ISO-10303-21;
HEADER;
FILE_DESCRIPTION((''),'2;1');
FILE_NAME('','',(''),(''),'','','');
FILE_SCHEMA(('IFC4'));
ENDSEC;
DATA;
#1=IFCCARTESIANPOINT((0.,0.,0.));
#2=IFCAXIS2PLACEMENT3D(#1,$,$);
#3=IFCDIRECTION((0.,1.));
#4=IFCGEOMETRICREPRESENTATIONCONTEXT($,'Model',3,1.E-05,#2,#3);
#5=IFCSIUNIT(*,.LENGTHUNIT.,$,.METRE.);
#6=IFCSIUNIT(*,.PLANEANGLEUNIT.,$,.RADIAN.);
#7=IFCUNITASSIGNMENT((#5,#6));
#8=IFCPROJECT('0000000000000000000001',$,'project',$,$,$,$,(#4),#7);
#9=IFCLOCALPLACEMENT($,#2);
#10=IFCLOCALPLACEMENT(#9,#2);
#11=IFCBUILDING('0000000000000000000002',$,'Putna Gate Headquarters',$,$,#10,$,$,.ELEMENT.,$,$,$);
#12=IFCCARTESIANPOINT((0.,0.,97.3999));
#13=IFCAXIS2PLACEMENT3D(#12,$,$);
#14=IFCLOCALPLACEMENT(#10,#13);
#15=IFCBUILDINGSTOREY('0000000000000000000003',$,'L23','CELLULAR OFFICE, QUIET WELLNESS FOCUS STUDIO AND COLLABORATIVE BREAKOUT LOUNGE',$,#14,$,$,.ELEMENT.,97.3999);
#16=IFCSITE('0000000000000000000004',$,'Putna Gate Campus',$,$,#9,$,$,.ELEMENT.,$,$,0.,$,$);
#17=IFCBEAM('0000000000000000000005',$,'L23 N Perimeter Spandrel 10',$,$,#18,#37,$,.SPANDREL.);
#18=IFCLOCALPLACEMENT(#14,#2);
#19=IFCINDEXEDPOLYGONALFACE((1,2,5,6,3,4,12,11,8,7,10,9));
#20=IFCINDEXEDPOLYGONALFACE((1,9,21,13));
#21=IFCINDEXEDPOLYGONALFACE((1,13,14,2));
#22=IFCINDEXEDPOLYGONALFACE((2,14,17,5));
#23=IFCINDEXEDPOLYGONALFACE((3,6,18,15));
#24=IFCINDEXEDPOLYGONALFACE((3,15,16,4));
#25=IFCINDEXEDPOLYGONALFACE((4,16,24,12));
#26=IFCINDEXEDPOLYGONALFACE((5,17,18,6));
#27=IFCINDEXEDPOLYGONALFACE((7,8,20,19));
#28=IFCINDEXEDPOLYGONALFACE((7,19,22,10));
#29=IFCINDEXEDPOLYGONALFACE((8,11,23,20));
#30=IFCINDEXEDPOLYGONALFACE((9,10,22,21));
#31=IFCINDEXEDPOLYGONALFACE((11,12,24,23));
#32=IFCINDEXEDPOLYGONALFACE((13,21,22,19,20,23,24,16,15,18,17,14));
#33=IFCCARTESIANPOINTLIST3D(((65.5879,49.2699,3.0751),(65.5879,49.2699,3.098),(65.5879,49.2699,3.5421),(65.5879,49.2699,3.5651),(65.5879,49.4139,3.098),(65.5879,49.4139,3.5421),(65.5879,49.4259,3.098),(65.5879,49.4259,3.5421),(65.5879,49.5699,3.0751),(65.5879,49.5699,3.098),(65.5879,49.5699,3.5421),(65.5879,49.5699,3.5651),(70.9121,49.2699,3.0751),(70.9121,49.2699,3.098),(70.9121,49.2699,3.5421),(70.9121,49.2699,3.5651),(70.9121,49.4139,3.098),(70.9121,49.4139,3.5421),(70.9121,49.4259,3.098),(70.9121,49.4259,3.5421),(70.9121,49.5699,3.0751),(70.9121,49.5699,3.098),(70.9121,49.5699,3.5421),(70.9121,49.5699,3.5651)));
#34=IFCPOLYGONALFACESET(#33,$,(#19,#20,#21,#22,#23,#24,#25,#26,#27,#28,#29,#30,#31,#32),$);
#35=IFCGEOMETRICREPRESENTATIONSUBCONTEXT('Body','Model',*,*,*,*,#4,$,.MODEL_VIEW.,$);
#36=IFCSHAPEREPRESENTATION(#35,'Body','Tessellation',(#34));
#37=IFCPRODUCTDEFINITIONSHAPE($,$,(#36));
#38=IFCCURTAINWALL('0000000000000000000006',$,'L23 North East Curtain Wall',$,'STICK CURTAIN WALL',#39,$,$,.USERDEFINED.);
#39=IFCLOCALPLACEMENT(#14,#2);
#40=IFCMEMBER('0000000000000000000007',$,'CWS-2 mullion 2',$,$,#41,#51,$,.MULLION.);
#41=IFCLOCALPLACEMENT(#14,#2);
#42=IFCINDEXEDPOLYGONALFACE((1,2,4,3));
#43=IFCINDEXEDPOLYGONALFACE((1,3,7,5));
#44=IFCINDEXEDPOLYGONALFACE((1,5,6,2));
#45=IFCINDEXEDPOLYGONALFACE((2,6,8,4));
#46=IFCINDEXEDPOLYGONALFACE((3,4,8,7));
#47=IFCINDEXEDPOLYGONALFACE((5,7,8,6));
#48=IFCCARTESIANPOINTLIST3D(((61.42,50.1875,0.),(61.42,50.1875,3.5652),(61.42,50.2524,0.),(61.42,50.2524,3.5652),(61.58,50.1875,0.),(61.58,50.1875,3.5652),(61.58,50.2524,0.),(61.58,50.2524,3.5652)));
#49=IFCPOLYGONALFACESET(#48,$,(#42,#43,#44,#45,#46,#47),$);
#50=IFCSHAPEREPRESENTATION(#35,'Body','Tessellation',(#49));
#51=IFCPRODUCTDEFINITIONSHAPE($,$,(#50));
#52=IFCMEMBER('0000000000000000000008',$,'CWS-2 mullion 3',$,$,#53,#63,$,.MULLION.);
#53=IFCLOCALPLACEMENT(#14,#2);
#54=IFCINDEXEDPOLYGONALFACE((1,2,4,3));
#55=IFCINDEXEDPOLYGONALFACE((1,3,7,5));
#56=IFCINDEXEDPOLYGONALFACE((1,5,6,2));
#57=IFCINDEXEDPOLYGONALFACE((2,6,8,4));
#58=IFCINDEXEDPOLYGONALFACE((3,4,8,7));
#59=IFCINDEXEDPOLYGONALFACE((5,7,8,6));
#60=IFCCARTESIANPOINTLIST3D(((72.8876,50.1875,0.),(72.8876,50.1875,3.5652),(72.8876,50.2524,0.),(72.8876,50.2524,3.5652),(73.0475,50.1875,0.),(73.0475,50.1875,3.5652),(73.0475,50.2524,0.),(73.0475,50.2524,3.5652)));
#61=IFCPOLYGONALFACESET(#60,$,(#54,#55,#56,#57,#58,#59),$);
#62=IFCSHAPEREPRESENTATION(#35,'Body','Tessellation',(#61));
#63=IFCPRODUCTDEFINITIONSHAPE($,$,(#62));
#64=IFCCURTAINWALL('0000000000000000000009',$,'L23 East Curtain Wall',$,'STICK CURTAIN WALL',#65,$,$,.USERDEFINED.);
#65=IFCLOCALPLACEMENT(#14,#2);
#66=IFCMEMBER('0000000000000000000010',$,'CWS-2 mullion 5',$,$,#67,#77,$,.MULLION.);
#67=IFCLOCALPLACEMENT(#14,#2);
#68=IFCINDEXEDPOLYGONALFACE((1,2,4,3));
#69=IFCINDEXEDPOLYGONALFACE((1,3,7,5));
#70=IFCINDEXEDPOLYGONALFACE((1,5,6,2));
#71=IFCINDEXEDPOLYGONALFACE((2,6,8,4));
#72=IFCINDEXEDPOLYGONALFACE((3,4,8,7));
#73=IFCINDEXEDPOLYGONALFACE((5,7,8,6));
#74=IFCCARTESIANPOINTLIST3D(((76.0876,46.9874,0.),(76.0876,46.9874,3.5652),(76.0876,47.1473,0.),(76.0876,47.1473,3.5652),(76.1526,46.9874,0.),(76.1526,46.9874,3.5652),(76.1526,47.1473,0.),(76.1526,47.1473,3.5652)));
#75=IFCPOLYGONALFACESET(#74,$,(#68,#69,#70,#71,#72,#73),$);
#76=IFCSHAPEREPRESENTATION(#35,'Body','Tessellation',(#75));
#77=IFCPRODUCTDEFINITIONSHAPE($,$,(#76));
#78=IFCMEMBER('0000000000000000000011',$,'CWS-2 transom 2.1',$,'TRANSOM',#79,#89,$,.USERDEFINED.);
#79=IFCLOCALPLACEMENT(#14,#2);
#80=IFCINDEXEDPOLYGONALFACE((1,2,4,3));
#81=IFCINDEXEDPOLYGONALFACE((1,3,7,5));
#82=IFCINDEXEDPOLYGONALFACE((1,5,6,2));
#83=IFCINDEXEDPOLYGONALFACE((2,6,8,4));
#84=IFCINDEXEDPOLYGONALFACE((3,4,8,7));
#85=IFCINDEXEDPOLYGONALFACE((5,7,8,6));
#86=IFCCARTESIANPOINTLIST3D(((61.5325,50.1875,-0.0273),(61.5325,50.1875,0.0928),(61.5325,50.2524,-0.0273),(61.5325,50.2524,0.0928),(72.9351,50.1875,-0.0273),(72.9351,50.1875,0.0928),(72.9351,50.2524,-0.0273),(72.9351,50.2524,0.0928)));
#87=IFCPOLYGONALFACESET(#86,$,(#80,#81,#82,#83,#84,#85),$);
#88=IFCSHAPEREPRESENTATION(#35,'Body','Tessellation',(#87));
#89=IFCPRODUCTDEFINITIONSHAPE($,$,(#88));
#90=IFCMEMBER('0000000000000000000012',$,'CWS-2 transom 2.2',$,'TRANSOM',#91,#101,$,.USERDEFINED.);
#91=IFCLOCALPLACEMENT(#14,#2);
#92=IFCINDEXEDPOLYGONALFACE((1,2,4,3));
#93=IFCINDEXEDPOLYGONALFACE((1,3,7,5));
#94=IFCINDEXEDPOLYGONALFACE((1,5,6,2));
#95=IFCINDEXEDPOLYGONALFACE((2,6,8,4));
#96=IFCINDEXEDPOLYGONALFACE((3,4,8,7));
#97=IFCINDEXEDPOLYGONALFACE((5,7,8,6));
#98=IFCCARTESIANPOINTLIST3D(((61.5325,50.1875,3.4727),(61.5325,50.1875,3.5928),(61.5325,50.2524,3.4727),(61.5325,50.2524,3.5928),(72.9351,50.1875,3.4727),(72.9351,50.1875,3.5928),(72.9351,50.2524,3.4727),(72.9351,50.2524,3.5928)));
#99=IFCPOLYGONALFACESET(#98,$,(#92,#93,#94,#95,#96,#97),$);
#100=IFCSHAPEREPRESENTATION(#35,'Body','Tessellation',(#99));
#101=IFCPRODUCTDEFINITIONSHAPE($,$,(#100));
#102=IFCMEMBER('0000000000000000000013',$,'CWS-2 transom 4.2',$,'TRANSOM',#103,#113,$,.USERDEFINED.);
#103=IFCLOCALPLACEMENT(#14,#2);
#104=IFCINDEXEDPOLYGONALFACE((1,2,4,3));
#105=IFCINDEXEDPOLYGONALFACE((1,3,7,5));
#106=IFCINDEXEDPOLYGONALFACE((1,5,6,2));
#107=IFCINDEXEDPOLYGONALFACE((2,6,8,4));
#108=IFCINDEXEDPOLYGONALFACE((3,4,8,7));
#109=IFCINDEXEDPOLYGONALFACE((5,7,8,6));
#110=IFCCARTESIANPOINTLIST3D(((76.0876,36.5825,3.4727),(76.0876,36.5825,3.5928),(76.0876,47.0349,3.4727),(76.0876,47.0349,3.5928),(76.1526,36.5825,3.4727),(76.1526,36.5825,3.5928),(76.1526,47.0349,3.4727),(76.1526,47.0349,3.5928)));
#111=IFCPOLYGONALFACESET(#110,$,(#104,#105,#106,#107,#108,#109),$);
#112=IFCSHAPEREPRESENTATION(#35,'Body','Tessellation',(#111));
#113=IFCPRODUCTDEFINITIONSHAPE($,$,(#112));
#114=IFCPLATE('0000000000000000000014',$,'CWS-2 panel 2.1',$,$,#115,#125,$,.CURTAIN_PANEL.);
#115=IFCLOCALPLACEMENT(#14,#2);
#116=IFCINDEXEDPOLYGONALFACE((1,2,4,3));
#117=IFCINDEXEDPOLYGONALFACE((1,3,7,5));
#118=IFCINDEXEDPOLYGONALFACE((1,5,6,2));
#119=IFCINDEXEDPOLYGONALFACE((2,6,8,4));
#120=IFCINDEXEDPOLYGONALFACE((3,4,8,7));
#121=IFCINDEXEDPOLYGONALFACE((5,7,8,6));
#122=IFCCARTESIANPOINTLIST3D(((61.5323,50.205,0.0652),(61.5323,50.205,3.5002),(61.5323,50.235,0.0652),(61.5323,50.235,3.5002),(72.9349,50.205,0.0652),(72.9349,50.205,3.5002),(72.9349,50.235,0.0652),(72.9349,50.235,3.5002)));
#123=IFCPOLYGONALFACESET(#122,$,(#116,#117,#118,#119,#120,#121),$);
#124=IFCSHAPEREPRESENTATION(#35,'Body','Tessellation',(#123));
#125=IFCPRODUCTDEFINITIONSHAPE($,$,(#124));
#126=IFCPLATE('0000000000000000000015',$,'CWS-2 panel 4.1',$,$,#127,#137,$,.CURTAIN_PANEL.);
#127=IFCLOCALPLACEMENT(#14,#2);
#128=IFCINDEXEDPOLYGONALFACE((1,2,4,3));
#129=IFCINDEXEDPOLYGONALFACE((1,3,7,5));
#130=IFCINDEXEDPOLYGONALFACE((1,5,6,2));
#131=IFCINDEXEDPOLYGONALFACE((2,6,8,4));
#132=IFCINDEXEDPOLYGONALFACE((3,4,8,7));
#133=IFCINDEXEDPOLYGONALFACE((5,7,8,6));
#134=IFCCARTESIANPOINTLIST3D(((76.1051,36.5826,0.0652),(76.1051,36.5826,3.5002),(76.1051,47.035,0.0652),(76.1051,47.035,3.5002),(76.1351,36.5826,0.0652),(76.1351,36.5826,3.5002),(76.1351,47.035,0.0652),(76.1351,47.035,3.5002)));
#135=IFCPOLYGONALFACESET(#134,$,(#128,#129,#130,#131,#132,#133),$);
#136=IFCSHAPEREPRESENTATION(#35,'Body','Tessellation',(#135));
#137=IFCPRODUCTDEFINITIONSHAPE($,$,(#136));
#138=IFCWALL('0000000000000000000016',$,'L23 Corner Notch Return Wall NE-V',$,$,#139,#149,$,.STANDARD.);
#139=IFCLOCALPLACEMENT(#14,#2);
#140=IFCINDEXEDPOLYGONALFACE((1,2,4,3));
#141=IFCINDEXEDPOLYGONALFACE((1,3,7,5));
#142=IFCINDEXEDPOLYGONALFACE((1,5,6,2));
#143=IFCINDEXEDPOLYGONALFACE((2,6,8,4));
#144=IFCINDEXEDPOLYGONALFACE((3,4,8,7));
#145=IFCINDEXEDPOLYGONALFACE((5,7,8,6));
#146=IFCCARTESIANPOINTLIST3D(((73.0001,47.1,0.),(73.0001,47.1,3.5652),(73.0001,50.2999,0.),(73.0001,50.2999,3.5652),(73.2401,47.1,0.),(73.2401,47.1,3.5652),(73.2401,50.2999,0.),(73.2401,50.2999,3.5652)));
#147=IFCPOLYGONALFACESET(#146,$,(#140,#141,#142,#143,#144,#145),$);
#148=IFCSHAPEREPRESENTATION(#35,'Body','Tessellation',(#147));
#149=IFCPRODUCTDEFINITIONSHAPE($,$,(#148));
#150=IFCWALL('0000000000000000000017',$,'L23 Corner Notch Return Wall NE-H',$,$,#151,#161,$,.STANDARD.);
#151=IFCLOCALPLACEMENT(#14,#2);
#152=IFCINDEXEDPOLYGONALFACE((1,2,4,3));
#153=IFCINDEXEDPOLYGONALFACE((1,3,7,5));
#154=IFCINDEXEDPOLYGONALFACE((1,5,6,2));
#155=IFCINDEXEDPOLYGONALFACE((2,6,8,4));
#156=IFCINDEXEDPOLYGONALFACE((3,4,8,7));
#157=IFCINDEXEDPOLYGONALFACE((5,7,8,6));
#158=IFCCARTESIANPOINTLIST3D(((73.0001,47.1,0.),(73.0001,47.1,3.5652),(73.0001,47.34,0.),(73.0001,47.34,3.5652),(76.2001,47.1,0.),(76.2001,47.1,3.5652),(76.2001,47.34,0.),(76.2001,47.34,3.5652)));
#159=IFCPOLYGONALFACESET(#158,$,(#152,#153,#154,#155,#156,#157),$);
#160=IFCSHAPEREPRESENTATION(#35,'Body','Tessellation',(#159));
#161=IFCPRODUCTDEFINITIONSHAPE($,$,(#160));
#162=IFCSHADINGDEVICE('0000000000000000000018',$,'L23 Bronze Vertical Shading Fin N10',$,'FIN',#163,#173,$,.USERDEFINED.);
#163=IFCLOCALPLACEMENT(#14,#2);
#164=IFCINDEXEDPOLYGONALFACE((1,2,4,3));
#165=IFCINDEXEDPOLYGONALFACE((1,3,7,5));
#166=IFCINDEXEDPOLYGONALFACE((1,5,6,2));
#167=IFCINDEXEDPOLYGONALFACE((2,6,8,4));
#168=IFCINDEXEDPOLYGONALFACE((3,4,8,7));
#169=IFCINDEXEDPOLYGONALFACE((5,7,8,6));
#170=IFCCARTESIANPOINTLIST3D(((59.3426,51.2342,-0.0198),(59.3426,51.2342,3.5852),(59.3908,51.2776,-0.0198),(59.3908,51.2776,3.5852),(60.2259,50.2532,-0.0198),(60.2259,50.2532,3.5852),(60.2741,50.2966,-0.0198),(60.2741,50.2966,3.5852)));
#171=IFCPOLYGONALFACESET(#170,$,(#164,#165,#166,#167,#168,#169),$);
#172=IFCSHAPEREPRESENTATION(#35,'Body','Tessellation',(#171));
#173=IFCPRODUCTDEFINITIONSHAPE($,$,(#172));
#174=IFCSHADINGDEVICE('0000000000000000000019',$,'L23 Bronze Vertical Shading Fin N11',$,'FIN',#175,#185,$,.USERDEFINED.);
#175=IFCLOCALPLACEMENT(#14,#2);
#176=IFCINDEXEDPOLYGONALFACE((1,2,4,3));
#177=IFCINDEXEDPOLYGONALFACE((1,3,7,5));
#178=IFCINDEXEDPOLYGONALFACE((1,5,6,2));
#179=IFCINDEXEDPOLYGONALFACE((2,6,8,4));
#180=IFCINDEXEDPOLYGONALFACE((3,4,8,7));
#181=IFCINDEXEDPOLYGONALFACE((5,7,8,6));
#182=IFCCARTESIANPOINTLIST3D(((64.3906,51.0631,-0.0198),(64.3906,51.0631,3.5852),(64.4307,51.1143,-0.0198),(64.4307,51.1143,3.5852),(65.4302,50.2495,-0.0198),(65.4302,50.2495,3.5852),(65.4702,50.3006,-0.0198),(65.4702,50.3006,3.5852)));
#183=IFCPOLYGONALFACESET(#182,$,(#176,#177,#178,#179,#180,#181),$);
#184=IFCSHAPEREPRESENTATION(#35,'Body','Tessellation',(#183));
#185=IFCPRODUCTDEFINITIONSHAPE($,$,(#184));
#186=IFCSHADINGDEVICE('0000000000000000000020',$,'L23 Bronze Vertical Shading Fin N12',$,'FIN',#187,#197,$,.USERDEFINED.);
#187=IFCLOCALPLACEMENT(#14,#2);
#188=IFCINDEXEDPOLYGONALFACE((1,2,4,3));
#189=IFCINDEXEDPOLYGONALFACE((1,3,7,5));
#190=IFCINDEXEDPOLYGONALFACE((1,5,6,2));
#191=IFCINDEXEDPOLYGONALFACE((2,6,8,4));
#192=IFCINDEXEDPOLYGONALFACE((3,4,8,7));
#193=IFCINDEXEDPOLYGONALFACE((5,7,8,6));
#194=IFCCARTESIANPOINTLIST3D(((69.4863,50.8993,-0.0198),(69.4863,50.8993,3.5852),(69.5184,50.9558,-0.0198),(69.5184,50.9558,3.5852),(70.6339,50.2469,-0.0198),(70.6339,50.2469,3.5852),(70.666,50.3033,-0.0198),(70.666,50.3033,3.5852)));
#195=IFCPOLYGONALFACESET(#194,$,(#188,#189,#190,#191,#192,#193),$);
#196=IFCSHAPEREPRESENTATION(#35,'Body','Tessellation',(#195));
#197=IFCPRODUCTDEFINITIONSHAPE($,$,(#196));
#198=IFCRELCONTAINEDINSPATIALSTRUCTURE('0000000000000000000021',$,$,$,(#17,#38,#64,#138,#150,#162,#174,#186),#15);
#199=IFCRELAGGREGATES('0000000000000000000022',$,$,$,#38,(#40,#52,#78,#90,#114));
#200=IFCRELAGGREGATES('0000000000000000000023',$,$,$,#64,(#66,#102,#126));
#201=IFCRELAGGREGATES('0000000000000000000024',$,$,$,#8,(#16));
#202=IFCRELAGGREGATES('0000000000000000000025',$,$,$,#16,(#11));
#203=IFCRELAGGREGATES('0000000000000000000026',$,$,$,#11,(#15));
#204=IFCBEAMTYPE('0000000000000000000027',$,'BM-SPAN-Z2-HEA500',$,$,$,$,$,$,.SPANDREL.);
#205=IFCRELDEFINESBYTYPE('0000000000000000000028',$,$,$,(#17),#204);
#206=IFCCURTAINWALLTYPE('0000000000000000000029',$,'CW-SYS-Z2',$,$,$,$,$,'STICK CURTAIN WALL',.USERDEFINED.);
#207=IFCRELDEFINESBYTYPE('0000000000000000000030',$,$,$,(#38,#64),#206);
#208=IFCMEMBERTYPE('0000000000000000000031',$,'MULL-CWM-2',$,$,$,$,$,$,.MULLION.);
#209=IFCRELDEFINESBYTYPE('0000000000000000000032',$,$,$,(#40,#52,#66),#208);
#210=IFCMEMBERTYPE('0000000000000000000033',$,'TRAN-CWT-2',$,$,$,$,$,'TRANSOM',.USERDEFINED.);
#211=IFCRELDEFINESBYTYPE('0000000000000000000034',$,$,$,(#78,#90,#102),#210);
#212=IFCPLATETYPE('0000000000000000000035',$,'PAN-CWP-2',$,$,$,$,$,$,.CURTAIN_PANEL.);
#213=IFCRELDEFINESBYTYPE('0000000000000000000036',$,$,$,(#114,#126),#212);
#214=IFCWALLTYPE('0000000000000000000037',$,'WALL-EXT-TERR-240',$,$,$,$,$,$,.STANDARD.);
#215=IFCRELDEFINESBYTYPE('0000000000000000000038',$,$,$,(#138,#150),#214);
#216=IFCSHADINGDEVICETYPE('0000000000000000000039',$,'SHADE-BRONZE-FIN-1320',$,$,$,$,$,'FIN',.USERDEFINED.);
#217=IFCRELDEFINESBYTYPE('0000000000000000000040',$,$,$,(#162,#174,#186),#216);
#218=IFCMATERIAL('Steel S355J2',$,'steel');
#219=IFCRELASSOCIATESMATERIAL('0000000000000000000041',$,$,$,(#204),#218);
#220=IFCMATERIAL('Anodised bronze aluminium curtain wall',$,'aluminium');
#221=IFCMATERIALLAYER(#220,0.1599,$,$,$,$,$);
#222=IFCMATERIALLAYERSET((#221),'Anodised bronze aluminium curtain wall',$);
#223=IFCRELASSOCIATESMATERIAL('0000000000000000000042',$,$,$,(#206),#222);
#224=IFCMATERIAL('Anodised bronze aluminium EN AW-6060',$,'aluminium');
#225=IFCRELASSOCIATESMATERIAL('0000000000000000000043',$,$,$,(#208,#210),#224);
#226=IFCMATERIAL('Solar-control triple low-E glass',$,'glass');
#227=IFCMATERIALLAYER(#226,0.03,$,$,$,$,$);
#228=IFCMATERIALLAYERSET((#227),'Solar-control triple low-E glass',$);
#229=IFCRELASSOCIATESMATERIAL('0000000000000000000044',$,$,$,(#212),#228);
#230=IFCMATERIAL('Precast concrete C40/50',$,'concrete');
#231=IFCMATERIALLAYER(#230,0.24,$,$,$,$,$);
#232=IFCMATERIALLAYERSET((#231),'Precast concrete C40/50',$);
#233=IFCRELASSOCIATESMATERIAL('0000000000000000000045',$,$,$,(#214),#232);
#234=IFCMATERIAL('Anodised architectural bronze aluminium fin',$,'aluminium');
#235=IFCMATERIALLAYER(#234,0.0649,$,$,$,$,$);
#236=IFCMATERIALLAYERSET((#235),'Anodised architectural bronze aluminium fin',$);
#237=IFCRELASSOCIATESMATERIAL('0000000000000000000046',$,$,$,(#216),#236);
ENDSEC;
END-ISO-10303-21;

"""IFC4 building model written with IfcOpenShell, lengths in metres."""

from ifc_helpers import new_model, si_unit, direction, frame, frame_2d, origin, origin_2d, place, context, subcontext, project, spatial, rectangle, i_section, extrude, material, layer, layer_set, material_profile, profile_set, type_object, element, aggregate, save


model = new_model("IFC4")

# Units and contexts
model_context = context("Model", 3, precision=1e-05, world=origin(), true_north=direction((0.0, 1.0)))
body_context = subcontext(model_context, "Body", "Model", "MODEL_VIEW")
ifc_project = project(units=[si_unit("LENGTHUNIT", "METRE"), si_unit("PLANEANGLEUNIT", "RADIAN")], contexts=[model_context])

# Site, building, storey
site_placement = place(None, origin())
site = spatial("IfcSite", under=ifc_project, at=site_placement, Name="Putna Gate Campus", CompositionType="ELEMENT", RefElevation=0.0)
building_placement = place(site_placement, origin())
building = spatial("IfcBuilding", under=site, at=building_placement, Name="Putna Gate Headquarters", CompositionType="ELEMENT")
storey_placement = place(building_placement, frame((0.0, 0.0, 97.3999)))
storey = spatial("IfcBuildingStorey", under=building, at=storey_placement, Name="L23", Description="CELLULAR OFFICE, QUIET WELLNESS FOCUS STUDIO AND COLLABORATIVE BREAKOUT LOUNGE", CompositionType="ELEMENT", Elevation=97.3999)

# Beam
ifc_material_1 = material(Name="Steel S355J2", Category="steel")
ifc_material_profile_1 = material_profile(ifc_material_1, i_section(OverallWidth=0.3, OverallDepth=0.49, WebThickness=0.012, FlangeThickness=0.0229, at=origin_2d()), Name="Steel S355J2")
ifc_profile_set_1 = profile_set([ifc_material_profile_1], Name="Steel S355J2")
beam_type_1 = type_object("IfcBeamType", Name="BM-SPAN-Z2-HEA500", PredefinedType="SPANDREL", material=ifc_profile_set_1)
for number, where, z_axis, x_axis, name in (
    (1, (65.5879, 49.4199, 3.3201), (1.0, 0.0, 0.0), (0.0, 1.0, 0.0), "L23 N Perimeter Spandrel 10"),
):
    element("IfcBeam", number, at=place(storey_placement, frame(where, z_axis=z_axis, x_axis=x_axis)), inside=storey, type_object=beam_type_1, Name=name, PredefinedType="SPANDREL", context=body_context, shape_type="SweptSolid", body=[
        extrude(i_section(OverallWidth=0.3, OverallDepth=0.49, WebThickness=0.012, FlangeThickness=0.0229, at=origin_2d()), origin(), (0.0, 0.0, 1.0), 5.3242),
    ])

# Curtain wall, members
ifc_material_2 = material(Name="Anodised bronze aluminium curtain wall", Category="aluminium")
ifc_layer_1 = layer(ifc_material_2, 0.1599)
ifc_layer_set_1 = layer_set([ifc_layer_1], Name="Anodised bronze aluminium curtain wall")
curtain_wall_type = type_object("IfcCurtainWallType", Name="CW-SYS-Z2", ElementType="STICK CURTAIN WALL", PredefinedType="USERDEFINED", material=ifc_layer_set_1)
curtain_wall_1_placement = place(storey_placement, origin())
curtain_wall_1 = element("IfcCurtainWall", 2, at=curtain_wall_1_placement, inside=storey, type_object=curtain_wall_type, Name="L23 North East Curtain Wall", ObjectType="STICK CURTAIN WALL", PredefinedType="USERDEFINED")
ifc_material_3 = material(Name="Anodised bronze aluminium EN AW-6060", Category="aluminium")
ifc_material_profile_2 = material_profile(ifc_material_3, rectangle(XDim=0.0649, YDim=0.1599, at=origin_2d()), Name="Anodised bronze aluminium EN AW-6060")
ifc_profile_set_2 = profile_set([ifc_material_profile_2], Name="Anodised bronze aluminium EN AW-6060")
member_type_1 = type_object("IfcMemberType", Name="MULL-CWM-2", PredefinedType="MULLION", material=ifc_profile_set_2)
member_1_placement = place(storey_placement, frame((61.5, 50.22, 0.0), z_axis=(0.0, 0.0, 1.0), x_axis=(0.0, 1.0, 0.0)))
member_1 = element("IfcMember", 3, at=member_1_placement, type_object=member_type_1, Name="CWS-2 mullion 2", PredefinedType="MULLION", context=body_context, shape_type="SweptSolid", body=[
    extrude(rectangle(XDim=0.0649, YDim=0.1599, at=origin_2d()), origin(), (0.0, 0.0, 1.0), 3.5652),
])
member_2_placement = place(storey_placement, frame((72.9675, 50.22, 0.0), z_axis=(0.0, 0.0, 1.0), x_axis=(0.0, 1.0, 0.0)))
member_2 = element("IfcMember", 4, at=member_2_placement, type_object=member_type_1, Name="CWS-2 mullion 3", PredefinedType="MULLION", context=body_context, shape_type="SweptSolid", body=[
    extrude(rectangle(XDim=0.0649, YDim=0.1599, at=origin_2d()), origin(), (0.0, 0.0, 1.0), 3.5652),
])

# Curtain wall, member
curtain_wall_2_placement = place(storey_placement, origin())
curtain_wall_2 = element("IfcCurtainWall", 5, at=curtain_wall_2_placement, inside=storey, type_object=curtain_wall_type, Name="L23 East Curtain Wall", ObjectType="STICK CURTAIN WALL", PredefinedType="USERDEFINED")
member_3_placement = place(storey_placement, frame((76.1201, 47.0674, 0.0), z_axis=(0.0, 0.0, 1.0), x_axis=(-1.0, 0.0, 0.0)))
member_3 = element("IfcMember", 6, at=member_3_placement, type_object=member_type_1, Name="CWS-2 mullion 5", PredefinedType="MULLION", context=body_context, shape_type="SweptSolid", body=[
    extrude(rectangle(XDim=0.0649, YDim=0.1599, at=origin_2d()), origin(), (0.0, 0.0, 1.0), 3.5652),
])

# Members
ifc_material_profile_3 = material_profile(ifc_material_3, rectangle(XDim=0.0649, YDim=0.1201, at=origin_2d()), Name="Anodised bronze aluminium EN AW-6060")
ifc_profile_set_3 = profile_set([ifc_material_profile_3], Name="Anodised bronze aluminium EN AW-6060")
member_type_2 = type_object("IfcMemberType", Name="TRAN-CWT-2", ElementType="TRANSOM", PredefinedType="USERDEFINED", material=ifc_profile_set_3)
member_4_placement = place(storey_placement, frame((61.5325, 50.22, 0.0327), z_axis=(1.0, 0.0, 0.0), x_axis=(0.0, 1.0, 0.0)))
member_4 = element("IfcMember", 7, at=member_4_placement, type_object=member_type_2, Name="CWS-2 transom 2.1", ObjectType="TRANSOM", PredefinedType="USERDEFINED", context=body_context, shape_type="SweptSolid", body=[
    extrude(rectangle(XDim=0.0649, YDim=0.1201, at=origin_2d()), origin(), (0.0, 0.0, 1.0), 11.4026),
])
member_5_placement = place(storey_placement, frame((61.5325, 50.22, 3.5327), z_axis=(1.0, 0.0, 0.0), x_axis=(0.0, 1.0, 0.0)))
member_5 = element("IfcMember", 8, at=member_5_placement, type_object=member_type_2, Name="CWS-2 transom 2.2", ObjectType="TRANSOM", PredefinedType="USERDEFINED", context=body_context, shape_type="SweptSolid", body=[
    extrude(rectangle(XDim=0.0649, YDim=0.1201, at=origin_2d()), origin(), (0.0, 0.0, 1.0), 11.4026),
])
member_6_placement = place(storey_placement, frame((76.1201, 36.5825, 3.5327), z_axis=(0.0, 1.0, 0.0), x_axis=(-1.0, 0.0, 0.0)))
member_6 = element("IfcMember", 9, at=member_6_placement, type_object=member_type_2, Name="CWS-2 transom 4.2", ObjectType="TRANSOM", PredefinedType="USERDEFINED", context=body_context, shape_type="SweptSolid", body=[
    extrude(rectangle(XDim=0.0649, YDim=0.1201, at=origin_2d()), origin(), (0.0, 0.0, 1.0), 10.4524),
])

# Plates
ifc_material_4 = material(Name="Solar-control triple low-E glass", Category="glass")
ifc_layer_2 = layer(ifc_material_4, 0.03)
ifc_layer_set_2 = layer_set([ifc_layer_2], Name="Solar-control triple low-E glass")
plate_type = type_object("IfcPlateType", Name="PAN-CWP-2", PredefinedType="CURTAIN_PANEL", material=ifc_layer_set_2)
plate_1_placement = place(storey_placement, frame((67.2336, 50.22, 0.0652), z_axis=(0.0, 0.0, 1.0), x_axis=(1.0, 0.0, 0.0)))
plate_1 = element("IfcPlate", 10, at=plate_1_placement, type_object=plate_type, Name="CWS-2 panel 2.1", PredefinedType="CURTAIN_PANEL", context=body_context, shape_type="SweptSolid", body=[
    extrude(rectangle(XDim=11.4026, YDim=0.03, at=origin_2d()), origin(), (0.0, 0.0, 1.0), 3.4351),
])
aggregate(curtain_wall_1, [member_1, member_2, member_4, member_5, plate_1])
plate_2_placement = place(storey_placement, frame((76.1201, 41.8088, 0.0652), z_axis=(0.0, 0.0, 1.0), x_axis=(0.0, 1.0, 0.0)))
plate_2 = element("IfcPlate", 11, at=plate_2_placement, type_object=plate_type, Name="CWS-2 panel 4.1", PredefinedType="CURTAIN_PANEL", context=body_context, shape_type="SweptSolid", body=[
    extrude(rectangle(XDim=10.4524, YDim=0.03, at=origin_2d()), origin(), (0.0, 0.0, 1.0), 3.4351),
])
aggregate(curtain_wall_2, [member_3, member_6, plate_2])

# Walls
ifc_material_5 = material(Name="Precast concrete C40/50", Category="concrete")
ifc_layer_3 = layer(ifc_material_5, 0.24)
ifc_layer_set_3 = layer_set([ifc_layer_3], Name="Precast concrete C40/50")
wall_type = type_object("IfcWallType", Name="WALL-EXT-TERR-240", PredefinedType="STANDARD", material=ifc_layer_set_3)
for number, where, z_axis, x_axis, name in (
    (12, (73.1201, 50.3, 0.0), (0.0, 0.0, 1.0), (0.0, -1.0, 0.0), "L23 Corner Notch Return Wall NE-V"),
    (13, (73.0, 47.22, 0.0), (0.0, 0.0, 1.0), (1.0, 0.0, 0.0), "L23 Corner Notch Return Wall NE-H"),
):
    element("IfcWall", number, at=place(storey_placement, frame(where, z_axis=z_axis, x_axis=x_axis)), inside=storey, type_object=wall_type, Name=name, PredefinedType="STANDARD", context=body_context, shape_type="SweptSolid", body=[
        extrude(rectangle(XDim=3.2, YDim=0.24, at=frame_2d((1.6001, 0.0))), origin(), (0.0, 0.0, 1.0), 3.5652),
    ])

# Shading devices
ifc_material_6 = material(Name="Anodised architectural bronze aluminium fin", Category="aluminium")
ifc_layer_4 = layer(ifc_material_6, 0.0649)
ifc_layer_set_4 = layer_set([ifc_layer_4], Name="Anodised architectural bronze aluminium fin")
shading_device_type = type_object("IfcShadingDeviceType", Name="SHADE-BRONZE-FIN-1320", ElementType="FIN", PredefinedType="USERDEFINED", material=ifc_layer_set_4)
for number, where, z_axis, x_axis, name in (
    (14, (59.8083, 50.7654, -0.0198), (0.0, 0.0, 1.0), (-0.669131, 0.743145, 0.0), "L23 Bronze Vertical Shading Fin N10"),
    (15, (64.9304, 50.6819, -0.0198), (0.0, 0.0, 1.0), (-0.787473, 0.616349, 0.0), "L23 Bronze Vertical Shading Fin N11"),
    (16, (70.0762, 50.6013, -0.0198), (0.0, 0.0, 1.0), (-0.869322, 0.494245, 0.0), "L23 Bronze Vertical Shading Fin N12"),
):
    element("IfcShadingDevice", number, at=place(storey_placement, frame(where, z_axis=z_axis, x_axis=x_axis)), inside=storey, type_object=shading_device_type, Name=name, ObjectType="FIN", PredefinedType="USERDEFINED", context=body_context, shape_type="SweptSolid", body=[
        extrude(rectangle(XDim=1.3201, YDim=0.0649, at=origin_2d()), origin(), (0.0, 0.0, 1.0), 3.605),
    ])

save(model, "model.ifc")
